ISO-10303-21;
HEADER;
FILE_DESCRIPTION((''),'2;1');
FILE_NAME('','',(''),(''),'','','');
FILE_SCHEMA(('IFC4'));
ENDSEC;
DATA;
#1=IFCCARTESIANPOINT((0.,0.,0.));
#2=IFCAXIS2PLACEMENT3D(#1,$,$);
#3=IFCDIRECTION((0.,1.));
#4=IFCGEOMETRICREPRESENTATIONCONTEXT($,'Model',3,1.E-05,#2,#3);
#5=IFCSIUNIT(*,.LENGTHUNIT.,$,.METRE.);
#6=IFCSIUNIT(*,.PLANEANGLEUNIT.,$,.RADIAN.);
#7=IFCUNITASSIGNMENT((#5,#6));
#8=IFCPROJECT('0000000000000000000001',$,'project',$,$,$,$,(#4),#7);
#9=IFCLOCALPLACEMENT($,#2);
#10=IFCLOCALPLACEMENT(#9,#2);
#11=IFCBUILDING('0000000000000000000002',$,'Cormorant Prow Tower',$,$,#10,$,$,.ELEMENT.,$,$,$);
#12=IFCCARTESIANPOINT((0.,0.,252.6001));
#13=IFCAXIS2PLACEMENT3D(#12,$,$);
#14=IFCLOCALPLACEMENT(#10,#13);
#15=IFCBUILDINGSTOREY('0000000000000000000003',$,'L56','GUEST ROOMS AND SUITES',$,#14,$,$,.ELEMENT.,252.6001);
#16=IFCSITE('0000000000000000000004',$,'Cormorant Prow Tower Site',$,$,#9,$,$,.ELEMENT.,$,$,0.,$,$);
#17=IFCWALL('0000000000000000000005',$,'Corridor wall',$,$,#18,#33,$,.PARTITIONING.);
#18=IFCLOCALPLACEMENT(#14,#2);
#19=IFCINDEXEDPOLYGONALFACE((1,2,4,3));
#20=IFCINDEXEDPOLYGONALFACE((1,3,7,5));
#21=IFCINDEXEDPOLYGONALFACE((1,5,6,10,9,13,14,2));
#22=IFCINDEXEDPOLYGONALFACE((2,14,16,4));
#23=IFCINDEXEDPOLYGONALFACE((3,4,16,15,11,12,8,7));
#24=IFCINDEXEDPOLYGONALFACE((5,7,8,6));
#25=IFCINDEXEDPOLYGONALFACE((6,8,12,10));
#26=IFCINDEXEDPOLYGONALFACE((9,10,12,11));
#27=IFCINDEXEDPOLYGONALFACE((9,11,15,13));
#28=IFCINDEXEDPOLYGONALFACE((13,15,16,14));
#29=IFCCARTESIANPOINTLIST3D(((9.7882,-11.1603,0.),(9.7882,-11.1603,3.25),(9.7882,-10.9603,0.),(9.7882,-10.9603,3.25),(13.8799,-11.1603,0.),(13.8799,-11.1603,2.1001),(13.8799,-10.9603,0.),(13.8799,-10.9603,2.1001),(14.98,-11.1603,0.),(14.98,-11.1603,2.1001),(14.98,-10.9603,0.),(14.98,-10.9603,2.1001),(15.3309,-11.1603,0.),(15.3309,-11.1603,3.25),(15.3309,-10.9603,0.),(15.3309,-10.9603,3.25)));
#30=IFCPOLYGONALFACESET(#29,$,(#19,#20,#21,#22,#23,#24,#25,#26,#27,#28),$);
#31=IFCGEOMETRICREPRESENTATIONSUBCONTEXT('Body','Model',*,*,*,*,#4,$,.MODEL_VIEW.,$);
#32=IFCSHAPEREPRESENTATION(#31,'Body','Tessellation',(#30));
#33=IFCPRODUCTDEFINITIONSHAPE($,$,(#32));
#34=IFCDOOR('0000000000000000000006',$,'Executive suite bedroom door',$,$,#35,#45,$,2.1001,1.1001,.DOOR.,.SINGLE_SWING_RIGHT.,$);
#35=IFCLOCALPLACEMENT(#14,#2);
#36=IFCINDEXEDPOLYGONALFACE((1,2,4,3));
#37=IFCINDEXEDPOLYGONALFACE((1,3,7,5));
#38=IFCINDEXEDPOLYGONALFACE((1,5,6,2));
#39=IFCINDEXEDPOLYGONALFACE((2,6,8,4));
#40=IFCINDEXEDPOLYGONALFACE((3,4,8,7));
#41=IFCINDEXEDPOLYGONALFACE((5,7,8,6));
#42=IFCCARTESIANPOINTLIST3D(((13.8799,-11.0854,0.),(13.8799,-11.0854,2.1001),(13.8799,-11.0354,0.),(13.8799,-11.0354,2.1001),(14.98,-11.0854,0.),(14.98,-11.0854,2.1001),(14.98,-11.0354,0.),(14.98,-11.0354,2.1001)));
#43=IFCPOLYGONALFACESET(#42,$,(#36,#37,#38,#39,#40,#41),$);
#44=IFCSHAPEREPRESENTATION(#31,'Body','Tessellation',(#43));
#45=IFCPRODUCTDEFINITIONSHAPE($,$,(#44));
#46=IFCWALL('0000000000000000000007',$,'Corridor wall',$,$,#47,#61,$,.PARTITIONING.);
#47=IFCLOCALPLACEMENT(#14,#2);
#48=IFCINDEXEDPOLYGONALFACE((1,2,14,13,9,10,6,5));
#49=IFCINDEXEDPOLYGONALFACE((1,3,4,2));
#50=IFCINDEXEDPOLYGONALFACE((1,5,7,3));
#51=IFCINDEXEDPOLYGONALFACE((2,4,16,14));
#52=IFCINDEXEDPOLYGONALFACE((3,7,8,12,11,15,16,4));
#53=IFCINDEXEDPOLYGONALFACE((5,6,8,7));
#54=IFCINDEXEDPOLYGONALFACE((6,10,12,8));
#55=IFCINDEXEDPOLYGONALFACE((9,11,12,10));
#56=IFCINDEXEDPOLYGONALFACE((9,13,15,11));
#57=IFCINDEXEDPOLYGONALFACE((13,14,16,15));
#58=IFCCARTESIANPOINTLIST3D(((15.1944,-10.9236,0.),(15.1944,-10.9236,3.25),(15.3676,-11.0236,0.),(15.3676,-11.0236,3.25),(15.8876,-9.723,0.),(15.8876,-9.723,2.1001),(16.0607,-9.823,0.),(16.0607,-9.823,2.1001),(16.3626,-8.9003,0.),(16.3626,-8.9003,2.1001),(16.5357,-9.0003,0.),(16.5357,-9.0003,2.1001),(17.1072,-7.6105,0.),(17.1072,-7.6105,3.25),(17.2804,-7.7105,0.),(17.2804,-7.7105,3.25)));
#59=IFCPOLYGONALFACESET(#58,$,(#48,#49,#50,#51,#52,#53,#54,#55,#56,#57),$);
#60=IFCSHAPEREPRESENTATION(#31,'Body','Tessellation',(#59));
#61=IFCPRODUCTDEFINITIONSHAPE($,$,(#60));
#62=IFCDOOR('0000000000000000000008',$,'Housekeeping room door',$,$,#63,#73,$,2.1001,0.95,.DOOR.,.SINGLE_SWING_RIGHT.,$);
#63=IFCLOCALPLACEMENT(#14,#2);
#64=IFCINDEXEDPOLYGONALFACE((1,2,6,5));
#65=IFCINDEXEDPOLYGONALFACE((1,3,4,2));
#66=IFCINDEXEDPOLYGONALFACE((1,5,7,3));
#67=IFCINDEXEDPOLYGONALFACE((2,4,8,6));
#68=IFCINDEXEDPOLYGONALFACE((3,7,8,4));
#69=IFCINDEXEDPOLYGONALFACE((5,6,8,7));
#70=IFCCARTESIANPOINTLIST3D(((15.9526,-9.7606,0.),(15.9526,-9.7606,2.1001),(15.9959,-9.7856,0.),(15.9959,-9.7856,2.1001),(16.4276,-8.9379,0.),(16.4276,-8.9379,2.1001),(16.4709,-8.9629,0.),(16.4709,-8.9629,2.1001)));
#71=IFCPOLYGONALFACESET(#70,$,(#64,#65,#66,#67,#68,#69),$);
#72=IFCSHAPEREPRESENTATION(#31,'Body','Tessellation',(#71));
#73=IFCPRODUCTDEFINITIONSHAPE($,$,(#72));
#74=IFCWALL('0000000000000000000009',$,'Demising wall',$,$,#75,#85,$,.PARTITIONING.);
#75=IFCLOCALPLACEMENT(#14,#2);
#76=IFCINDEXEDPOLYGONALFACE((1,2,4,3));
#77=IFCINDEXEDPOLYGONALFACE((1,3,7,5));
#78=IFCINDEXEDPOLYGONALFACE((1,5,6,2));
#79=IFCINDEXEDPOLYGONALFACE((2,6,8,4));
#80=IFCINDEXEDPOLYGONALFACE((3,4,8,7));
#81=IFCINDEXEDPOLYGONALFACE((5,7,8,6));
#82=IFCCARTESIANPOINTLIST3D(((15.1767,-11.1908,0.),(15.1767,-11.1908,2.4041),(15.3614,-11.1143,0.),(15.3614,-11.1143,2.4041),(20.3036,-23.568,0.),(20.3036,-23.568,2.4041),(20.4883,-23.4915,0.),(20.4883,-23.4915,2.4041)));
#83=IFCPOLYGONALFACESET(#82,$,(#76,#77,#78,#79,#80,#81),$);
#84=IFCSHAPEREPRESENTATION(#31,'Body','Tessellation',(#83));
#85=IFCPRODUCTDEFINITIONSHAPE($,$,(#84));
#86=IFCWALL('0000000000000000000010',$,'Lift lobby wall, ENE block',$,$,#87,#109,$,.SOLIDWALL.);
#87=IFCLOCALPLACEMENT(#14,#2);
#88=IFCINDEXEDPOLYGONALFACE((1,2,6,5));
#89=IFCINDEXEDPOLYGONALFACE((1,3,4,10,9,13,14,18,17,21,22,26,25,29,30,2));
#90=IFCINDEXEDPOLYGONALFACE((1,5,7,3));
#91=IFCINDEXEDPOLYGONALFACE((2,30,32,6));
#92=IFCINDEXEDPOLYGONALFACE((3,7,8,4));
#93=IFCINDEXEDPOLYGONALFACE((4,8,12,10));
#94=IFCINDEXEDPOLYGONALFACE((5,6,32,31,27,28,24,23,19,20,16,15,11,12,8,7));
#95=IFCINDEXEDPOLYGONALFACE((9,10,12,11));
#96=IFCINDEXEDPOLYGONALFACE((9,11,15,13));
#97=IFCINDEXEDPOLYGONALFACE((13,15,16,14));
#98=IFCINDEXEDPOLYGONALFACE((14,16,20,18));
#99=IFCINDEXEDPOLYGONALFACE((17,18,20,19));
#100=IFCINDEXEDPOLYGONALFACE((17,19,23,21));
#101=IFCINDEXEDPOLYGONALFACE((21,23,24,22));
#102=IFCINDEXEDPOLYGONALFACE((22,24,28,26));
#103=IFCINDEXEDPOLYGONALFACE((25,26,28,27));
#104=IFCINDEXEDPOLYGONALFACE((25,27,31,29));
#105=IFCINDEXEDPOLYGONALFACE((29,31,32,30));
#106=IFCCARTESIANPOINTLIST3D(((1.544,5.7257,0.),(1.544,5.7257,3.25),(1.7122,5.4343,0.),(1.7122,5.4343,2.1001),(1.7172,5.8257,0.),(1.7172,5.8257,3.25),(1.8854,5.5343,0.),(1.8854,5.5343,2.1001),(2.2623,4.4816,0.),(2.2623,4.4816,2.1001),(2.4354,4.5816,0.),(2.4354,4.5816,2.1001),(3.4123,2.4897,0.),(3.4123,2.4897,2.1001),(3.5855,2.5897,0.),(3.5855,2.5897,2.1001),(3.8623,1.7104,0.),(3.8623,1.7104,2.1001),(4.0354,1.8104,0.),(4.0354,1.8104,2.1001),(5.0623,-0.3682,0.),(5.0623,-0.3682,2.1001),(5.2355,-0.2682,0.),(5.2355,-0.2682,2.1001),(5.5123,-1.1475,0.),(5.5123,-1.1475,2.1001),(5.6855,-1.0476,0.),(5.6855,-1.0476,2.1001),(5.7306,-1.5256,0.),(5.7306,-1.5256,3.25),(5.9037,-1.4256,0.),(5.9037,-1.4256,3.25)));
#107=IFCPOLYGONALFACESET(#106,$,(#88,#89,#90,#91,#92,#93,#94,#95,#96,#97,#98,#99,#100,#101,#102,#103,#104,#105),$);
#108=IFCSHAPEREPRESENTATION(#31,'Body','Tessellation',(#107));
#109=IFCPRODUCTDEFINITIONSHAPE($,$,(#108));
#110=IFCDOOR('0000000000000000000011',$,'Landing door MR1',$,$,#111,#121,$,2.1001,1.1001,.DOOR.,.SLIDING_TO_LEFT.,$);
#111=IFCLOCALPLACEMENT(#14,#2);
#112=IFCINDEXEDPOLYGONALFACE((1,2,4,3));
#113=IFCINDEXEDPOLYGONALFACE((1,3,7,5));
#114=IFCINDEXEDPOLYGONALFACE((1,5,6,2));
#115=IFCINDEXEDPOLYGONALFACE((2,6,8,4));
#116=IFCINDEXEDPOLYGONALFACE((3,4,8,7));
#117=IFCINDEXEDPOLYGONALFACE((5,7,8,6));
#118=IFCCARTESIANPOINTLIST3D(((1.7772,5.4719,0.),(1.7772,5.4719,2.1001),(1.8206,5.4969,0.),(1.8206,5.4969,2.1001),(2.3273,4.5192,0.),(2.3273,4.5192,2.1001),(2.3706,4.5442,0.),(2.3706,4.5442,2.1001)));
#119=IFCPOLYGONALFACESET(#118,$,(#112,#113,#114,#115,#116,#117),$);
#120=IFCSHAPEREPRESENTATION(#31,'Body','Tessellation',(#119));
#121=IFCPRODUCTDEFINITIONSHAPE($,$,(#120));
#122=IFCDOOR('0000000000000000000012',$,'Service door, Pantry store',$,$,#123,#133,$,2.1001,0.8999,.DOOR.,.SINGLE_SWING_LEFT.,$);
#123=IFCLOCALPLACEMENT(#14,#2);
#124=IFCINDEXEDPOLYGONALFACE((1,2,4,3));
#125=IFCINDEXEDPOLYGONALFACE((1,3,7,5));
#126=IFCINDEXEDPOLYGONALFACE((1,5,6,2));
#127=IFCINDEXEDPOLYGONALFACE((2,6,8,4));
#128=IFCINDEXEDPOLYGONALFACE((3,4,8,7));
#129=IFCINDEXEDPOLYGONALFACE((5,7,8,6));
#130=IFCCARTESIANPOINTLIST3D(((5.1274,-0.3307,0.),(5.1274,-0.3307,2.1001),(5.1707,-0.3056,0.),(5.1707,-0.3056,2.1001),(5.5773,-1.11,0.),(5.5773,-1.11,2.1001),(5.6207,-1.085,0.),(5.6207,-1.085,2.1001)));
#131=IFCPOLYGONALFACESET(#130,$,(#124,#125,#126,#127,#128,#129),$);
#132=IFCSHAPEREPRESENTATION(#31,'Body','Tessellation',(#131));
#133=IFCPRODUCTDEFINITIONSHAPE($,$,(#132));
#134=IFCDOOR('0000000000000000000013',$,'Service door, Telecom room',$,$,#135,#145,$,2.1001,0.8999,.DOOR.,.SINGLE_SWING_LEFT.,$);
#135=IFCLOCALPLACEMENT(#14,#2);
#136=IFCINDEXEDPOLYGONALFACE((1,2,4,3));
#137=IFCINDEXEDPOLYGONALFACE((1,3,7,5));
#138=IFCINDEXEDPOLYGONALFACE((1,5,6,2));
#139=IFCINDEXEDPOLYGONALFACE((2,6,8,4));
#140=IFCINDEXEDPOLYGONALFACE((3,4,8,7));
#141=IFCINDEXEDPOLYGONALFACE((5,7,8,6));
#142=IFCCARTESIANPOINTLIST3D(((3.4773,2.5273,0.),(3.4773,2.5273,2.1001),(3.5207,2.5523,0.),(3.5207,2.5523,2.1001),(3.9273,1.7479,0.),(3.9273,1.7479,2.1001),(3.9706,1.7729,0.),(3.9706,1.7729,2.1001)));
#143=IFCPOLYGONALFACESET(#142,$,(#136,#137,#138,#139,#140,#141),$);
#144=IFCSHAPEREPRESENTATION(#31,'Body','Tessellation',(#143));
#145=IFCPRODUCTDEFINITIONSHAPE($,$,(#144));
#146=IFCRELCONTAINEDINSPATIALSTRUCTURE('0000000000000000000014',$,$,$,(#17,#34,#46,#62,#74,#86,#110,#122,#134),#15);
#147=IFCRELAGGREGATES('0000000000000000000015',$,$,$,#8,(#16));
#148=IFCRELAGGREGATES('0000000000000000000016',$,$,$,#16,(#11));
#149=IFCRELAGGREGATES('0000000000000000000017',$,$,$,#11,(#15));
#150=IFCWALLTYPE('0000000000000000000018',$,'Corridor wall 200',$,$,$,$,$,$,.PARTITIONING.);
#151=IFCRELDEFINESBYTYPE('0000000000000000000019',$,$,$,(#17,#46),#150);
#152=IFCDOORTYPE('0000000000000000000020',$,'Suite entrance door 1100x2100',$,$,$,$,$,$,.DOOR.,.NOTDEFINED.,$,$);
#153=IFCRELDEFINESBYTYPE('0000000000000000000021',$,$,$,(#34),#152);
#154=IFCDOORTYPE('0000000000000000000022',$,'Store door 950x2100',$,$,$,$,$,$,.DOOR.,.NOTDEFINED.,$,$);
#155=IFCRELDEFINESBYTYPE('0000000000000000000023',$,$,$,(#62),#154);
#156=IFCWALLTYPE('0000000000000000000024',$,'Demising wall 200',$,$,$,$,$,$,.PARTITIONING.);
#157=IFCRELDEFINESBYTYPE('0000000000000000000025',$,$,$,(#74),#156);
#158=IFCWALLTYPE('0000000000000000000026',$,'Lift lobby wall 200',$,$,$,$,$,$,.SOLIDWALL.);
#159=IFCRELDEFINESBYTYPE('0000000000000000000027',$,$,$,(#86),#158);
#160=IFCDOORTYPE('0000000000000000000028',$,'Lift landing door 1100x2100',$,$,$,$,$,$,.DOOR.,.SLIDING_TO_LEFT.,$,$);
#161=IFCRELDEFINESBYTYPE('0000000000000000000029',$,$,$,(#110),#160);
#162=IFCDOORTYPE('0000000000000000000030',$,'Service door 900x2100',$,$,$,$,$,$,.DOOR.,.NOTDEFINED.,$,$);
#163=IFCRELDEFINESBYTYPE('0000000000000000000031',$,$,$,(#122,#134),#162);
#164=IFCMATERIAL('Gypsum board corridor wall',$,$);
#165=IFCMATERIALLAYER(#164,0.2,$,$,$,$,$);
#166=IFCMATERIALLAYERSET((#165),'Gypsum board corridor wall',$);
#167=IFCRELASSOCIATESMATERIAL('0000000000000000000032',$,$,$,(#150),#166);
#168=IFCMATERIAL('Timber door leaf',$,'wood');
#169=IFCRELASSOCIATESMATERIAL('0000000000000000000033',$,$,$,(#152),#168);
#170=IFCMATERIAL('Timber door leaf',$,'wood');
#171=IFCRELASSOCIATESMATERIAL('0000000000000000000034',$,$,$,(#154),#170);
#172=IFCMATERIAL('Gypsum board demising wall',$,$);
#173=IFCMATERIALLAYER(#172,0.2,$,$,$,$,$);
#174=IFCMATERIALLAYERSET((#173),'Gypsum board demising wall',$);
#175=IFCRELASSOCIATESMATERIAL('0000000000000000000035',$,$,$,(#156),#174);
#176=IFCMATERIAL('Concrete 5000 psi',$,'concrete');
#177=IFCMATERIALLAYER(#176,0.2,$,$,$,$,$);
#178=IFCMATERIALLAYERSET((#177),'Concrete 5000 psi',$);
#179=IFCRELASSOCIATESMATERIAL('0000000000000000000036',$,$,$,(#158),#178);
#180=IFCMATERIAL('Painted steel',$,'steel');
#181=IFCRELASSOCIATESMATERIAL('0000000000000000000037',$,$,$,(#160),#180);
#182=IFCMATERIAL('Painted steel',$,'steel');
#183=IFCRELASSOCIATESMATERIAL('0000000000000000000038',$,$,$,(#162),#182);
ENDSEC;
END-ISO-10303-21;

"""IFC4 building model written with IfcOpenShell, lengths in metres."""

from ifc_helpers import new_model, si_unit, direction, frame, frame_2d, origin, place, context, subcontext, project, spatial, rectangle, extrude, material, layer, layer_set, type_object, element, fill, save


model = new_model("IFC4")

# Units and contexts
model_context = context("Model", 3, precision=1e-05, world=origin(), true_north=direction((0.0, 1.0)))
body_context = subcontext(model_context, "Body", "Model", "MODEL_VIEW")
ifc_project = project(units=[si_unit("LENGTHUNIT", "METRE"), si_unit("PLANEANGLEUNIT", "RADIAN")], contexts=[model_context])

# Site, building, storey
site_placement = place(None, origin())
site = spatial("IfcSite", under=ifc_project, at=site_placement, Name="Cormorant Prow Tower Site", CompositionType="ELEMENT", RefElevation=0.0)
building_placement = place(site_placement, origin())
building = spatial("IfcBuilding", under=site, at=building_placement, Name="Cormorant Prow Tower", CompositionType="ELEMENT")
storey_placement = place(building_placement, frame((0.0, 0.0, 252.6001)))
storey = spatial("IfcBuildingStorey", under=building, at=storey_placement, Name="L56", Description="GUEST ROOMS AND SUITES", CompositionType="ELEMENT", Elevation=252.6001)

# Walls, openings, doors
ifc_material_1 = material(Name="Gypsum board corridor wall")
ifc_layer_1 = layer(ifc_material_1, 0.2)
ifc_layer_set_1 = layer_set([ifc_layer_1], Name="Gypsum board corridor wall")
wall_type_1 = type_object("IfcWallType", Name="Corridor wall 200", PredefinedType="PARTITIONING", material=ifc_layer_set_1)
wall_1_placement = place(storey_placement, frame((9.7881, -11.0603, 0.0), z_axis=(0.0, 0.0, 1.0), x_axis=(1.0, 0.0, 0.0)))
wall_1 = element("IfcWall", 1, at=wall_1_placement, inside=storey, type_object=wall_type_1, Name="Corridor wall", PredefinedType="PARTITIONING", context=body_context, shape_type="SweptSolid", body=[
    extrude(rectangle(XDim=5.5427, YDim=0.2, at=frame_2d((2.7715, 0.0))), origin(), (0.0, 0.0, 1.0), 3.25),
])
opening_1_placement = place(wall_1_placement, frame((4.0918, 0.0, 0.0)))
opening_1 = element("IfcOpeningElement", 2, at=opening_1_placement, cuts=wall_1, PredefinedType="OPENING", context=body_context, shape_type="SweptSolid", body=[
    extrude(rectangle(XDim=1.1001, YDim=2.1001, at=frame_2d((0.55, 1.05))), frame((0.0, 0.1099, 0.0), z_axis=(0.0, -1.0, 0.0), x_axis=(1.0, 0.0, 0.0)), (0.0, 0.0, 1.0), 0.22),
])
ifc_material_2 = material(Name="Timber door leaf", Category="wood")
door_type_1 = type_object("IfcDoorType", Name="Suite entrance door 1100x2100", OperationType="NOTDEFINED", PredefinedType="DOOR", material=ifc_material_2)
door_1_placement = place(opening_1_placement, origin())
door_1 = element("IfcDoor", 3, at=door_1_placement, inside=storey, type_object=door_type_1, Name="Executive suite bedroom door", OperationType="SINGLE_SWING_RIGHT", OverallHeight=2.1001, OverallWidth=1.1001, PredefinedType="DOOR", context=body_context, shape_type="SweptSolid", body=[
    extrude(rectangle(XDim=1.1001, YDim=2.1001, at=frame_2d((0.55, 1.05))), frame((0.0, 0.0249, 0.0), z_axis=(0.0, -1.0, 0.0), x_axis=(1.0, 0.0, 0.0)), (0.0, 0.0, 1.0), 0.05),
])
fill(opening_1, door_1)
wall_2_placement = place(storey_placement, frame((15.281, -10.9736, 0.0), z_axis=(0.0, 0.0, 1.0), x_axis=(0.499989, 0.866031, 0.0)))
wall_2 = element("IfcWall", 4, at=wall_2_placement, inside=storey, type_object=wall_type_1, Name="Corridor wall", PredefinedType="PARTITIONING", context=body_context, shape_type="SweptSolid", body=[
    extrude(rectangle(XDim=3.8257, YDim=0.2, at=frame_2d((1.9128, 0.0))), origin(), (0.0, 0.0, 1.0), 3.25),
])
opening_2_placement = place(wall_2_placement, frame((1.3862, 0.0, 0.0)))
opening_2 = element("IfcOpeningElement", 5, at=opening_2_placement, cuts=wall_2, PredefinedType="OPENING", context=body_context, shape_type="SweptSolid", body=[
    extrude(rectangle(XDim=0.95, YDim=2.1001, at=frame_2d((0.4751, 1.05))), frame((0.0, 0.1099, 0.0), z_axis=(0.0, -1.0, 0.0), x_axis=(1.0, 0.0, 0.0)), (0.0, 0.0, 1.0), 0.22),
])
ifc_material_3 = material(Name="Timber door leaf", Category="wood")
door_type_2 = type_object("IfcDoorType", Name="Store door 950x2100", OperationType="NOTDEFINED", PredefinedType="DOOR", material=ifc_material_3)
door_2_placement = place(opening_2_placement, origin())
door_2 = element("IfcDoor", 6, at=door_2_placement, inside=storey, type_object=door_type_2, Name="Housekeeping room door", OperationType="SINGLE_SWING_RIGHT", OverallHeight=2.1001, OverallWidth=0.95, PredefinedType="DOOR", context=body_context, shape_type="SweptSolid", body=[
    extrude(rectangle(XDim=0.95, YDim=2.1001, at=frame_2d((0.4751, 1.05))), frame((0.0, 0.0249, 0.0), z_axis=(0.0, -1.0, 0.0), x_axis=(1.0, 0.0, 0.0)), (0.0, 0.0, 1.0), 0.05),
])
fill(opening_2, door_2)

# Wall
ifc_material_4 = material(Name="Gypsum board demising wall")
ifc_layer_2 = layer(ifc_material_4, 0.2)
ifc_layer_set_2 = layer_set([ifc_layer_2], Name="Gypsum board demising wall")
wall_type_2 = type_object("IfcWallType", Name="Demising wall 200", PredefinedType="PARTITIONING", material=ifc_layer_set_2)
wall_3_placement = place(storey_placement, frame((15.269, -11.1526, 0.0), z_axis=(0.0, 0.0, 1.0), x_axis=(0.382693, -0.923876, 0.0)))
element("IfcWall", 7, at=wall_3_placement, inside=storey, type_object=wall_type_2, Name="Demising wall", PredefinedType="PARTITIONING", context=body_context, shape_type="SweptSolid", body=[
    extrude(rectangle(XDim=13.397, YDim=0.2, at=frame_2d((6.6985, 0.0))), origin(), (0.0, 0.0, 1.0), 2.4041),
])

# Wall, openings, doors
ifc_material_5 = material(Name="Concrete 5000 psi", Category="concrete")
ifc_layer_3 = layer(ifc_material_5, 0.2)
ifc_layer_set_3 = layer_set([ifc_layer_3], Name="Concrete 5000 psi")
wall_type_3 = type_object("IfcWallType", Name="Lift lobby wall 200", PredefinedType="SOLIDWALL", material=ifc_layer_set_3)
wall_4_placement = place(storey_placement, frame((5.8171, -1.4756, 0.0), z_axis=(0.0, 0.0, 1.0), x_axis=(-0.500003, 0.866024, 0.0)))
wall_4 = element("IfcWall", 8, at=wall_4_placement, inside=storey, type_object=wall_type_3, Name="Lift lobby wall, ENE block", PredefinedType="SOLIDWALL", context=body_context, shape_type="SweptSolid", body=[
    extrude(rectangle(XDim=8.373, YDim=0.2, at=frame_2d((4.1865, 0.0))), origin(), (0.0, 0.0, 1.0), 3.25),
])
opening_3_placement = place(wall_4_placement, frame((0.4365, 0.0, 0.0)))
opening_3 = element("IfcOpeningElement", 9, at=opening_3_placement, cuts=wall_4, PredefinedType="OPENING", context=body_context, shape_type="SweptSolid", body=[
    extrude(rectangle(XDim=0.8999, YDim=2.1001, at=frame_2d((0.45, 1.05))), frame((0.0, 0.1099, 0.0), z_axis=(0.0, -1.0, 0.0), x_axis=(1.0, 0.0, 0.0)), (0.0, 0.0, 1.0), 0.22),
])
opening_4_placement = place(wall_4_placement, frame((3.7366, 0.0, 0.0)))
opening_4 = element("IfcOpeningElement", 10, at=opening_4_placement, cuts=wall_4, PredefinedType="OPENING", context=body_context, shape_type="SweptSolid", body=[
    extrude(rectangle(XDim=0.8999, YDim=2.1001, at=frame_2d((0.45, 1.05))), frame((0.0, 0.1099, 0.0), z_axis=(0.0, -1.0, 0.0), x_axis=(1.0, 0.0, 0.0)), (0.0, 0.0, 1.0), 0.22),
])
opening_5_placement = place(wall_4_placement, frame((6.9365, 0.0, 0.0)))
opening_5 = element("IfcOpeningElement", 11, at=opening_5_placement, cuts=wall_4, PredefinedType="OPENING", context=body_context, shape_type="SweptSolid", body=[
    extrude(rectangle(XDim=1.1001, YDim=2.1001, at=frame_2d((0.55, 1.05))), frame((0.0, 0.1099, 0.0), z_axis=(0.0, -1.0, 0.0), x_axis=(1.0, 0.0, 0.0)), (0.0, 0.0, 1.0), 0.22),
])
ifc_material_6 = material(Name="Painted steel", Category="steel")
door_type_3 = type_object("IfcDoorType", Name="Lift landing door 1100x2100", OperationType="SLIDING_TO_LEFT", PredefinedType="DOOR", material=ifc_material_6)
door_3_placement = place(opening_5_placement, origin())
door_3 = element("IfcDoor", 12, at=door_3_placement, inside=storey, type_object=door_type_3, Name="Landing door MR1", OperationType="SLIDING_TO_LEFT", OverallHeight=2.1001, OverallWidth=1.1001, PredefinedType="DOOR", context=body_context, shape_type="SweptSolid", body=[
    extrude(rectangle(XDim=1.1001, YDim=2.1001, at=frame_2d((0.55, 1.05))), frame((0.0, 0.0249, 0.0), z_axis=(0.0, -1.0, 0.0), x_axis=(1.0, 0.0, 0.0)), (0.0, 0.0, 1.0), 0.05),
])
fill(opening_5, door_3)
ifc_material_7 = material(Name="Painted steel", Category="steel")
door_type_4 = type_object("IfcDoorType", Name="Service door 900x2100", OperationType="NOTDEFINED", PredefinedType="DOOR", material=ifc_material_7)
door_4_placement = place(opening_3_placement, origin())
door_4 = element("IfcDoor", 13, at=door_4_placement, inside=storey, type_object=door_type_4, Name="Service door, Pantry store", OperationType="SINGLE_SWING_LEFT", OverallHeight=2.1001, OverallWidth=0.8999, PredefinedType="DOOR", context=body_context, shape_type="SweptSolid", body=[
    extrude(rectangle(XDim=0.8999, YDim=2.1001, at=frame_2d((0.45, 1.05))), frame((0.0, 0.0249, 0.0), z_axis=(0.0, -1.0, 0.0), x_axis=(1.0, 0.0, 0.0)), (0.0, 0.0, 1.0), 0.05),
])
fill(opening_3, door_4)
door_5_placement = place(opening_4_placement, origin())
door_5 = element("IfcDoor", 14, at=door_5_placement, inside=storey, type_object=door_type_4, Name="Service door, Telecom room", OperationType="SINGLE_SWING_LEFT", OverallHeight=2.1001, OverallWidth=0.8999, PredefinedType="DOOR", context=body_context, shape_type="SweptSolid", body=[
    extrude(rectangle(XDim=0.8999, YDim=2.1001, at=frame_2d((0.45, 1.05))), frame((0.0, 0.0249, 0.0), z_axis=(0.0, -1.0, 0.0), x_axis=(1.0, 0.0, 0.0)), (0.0, 0.0, 1.0), 0.05),
])
fill(opening_4, door_5)

save(model, "model.ifc")
